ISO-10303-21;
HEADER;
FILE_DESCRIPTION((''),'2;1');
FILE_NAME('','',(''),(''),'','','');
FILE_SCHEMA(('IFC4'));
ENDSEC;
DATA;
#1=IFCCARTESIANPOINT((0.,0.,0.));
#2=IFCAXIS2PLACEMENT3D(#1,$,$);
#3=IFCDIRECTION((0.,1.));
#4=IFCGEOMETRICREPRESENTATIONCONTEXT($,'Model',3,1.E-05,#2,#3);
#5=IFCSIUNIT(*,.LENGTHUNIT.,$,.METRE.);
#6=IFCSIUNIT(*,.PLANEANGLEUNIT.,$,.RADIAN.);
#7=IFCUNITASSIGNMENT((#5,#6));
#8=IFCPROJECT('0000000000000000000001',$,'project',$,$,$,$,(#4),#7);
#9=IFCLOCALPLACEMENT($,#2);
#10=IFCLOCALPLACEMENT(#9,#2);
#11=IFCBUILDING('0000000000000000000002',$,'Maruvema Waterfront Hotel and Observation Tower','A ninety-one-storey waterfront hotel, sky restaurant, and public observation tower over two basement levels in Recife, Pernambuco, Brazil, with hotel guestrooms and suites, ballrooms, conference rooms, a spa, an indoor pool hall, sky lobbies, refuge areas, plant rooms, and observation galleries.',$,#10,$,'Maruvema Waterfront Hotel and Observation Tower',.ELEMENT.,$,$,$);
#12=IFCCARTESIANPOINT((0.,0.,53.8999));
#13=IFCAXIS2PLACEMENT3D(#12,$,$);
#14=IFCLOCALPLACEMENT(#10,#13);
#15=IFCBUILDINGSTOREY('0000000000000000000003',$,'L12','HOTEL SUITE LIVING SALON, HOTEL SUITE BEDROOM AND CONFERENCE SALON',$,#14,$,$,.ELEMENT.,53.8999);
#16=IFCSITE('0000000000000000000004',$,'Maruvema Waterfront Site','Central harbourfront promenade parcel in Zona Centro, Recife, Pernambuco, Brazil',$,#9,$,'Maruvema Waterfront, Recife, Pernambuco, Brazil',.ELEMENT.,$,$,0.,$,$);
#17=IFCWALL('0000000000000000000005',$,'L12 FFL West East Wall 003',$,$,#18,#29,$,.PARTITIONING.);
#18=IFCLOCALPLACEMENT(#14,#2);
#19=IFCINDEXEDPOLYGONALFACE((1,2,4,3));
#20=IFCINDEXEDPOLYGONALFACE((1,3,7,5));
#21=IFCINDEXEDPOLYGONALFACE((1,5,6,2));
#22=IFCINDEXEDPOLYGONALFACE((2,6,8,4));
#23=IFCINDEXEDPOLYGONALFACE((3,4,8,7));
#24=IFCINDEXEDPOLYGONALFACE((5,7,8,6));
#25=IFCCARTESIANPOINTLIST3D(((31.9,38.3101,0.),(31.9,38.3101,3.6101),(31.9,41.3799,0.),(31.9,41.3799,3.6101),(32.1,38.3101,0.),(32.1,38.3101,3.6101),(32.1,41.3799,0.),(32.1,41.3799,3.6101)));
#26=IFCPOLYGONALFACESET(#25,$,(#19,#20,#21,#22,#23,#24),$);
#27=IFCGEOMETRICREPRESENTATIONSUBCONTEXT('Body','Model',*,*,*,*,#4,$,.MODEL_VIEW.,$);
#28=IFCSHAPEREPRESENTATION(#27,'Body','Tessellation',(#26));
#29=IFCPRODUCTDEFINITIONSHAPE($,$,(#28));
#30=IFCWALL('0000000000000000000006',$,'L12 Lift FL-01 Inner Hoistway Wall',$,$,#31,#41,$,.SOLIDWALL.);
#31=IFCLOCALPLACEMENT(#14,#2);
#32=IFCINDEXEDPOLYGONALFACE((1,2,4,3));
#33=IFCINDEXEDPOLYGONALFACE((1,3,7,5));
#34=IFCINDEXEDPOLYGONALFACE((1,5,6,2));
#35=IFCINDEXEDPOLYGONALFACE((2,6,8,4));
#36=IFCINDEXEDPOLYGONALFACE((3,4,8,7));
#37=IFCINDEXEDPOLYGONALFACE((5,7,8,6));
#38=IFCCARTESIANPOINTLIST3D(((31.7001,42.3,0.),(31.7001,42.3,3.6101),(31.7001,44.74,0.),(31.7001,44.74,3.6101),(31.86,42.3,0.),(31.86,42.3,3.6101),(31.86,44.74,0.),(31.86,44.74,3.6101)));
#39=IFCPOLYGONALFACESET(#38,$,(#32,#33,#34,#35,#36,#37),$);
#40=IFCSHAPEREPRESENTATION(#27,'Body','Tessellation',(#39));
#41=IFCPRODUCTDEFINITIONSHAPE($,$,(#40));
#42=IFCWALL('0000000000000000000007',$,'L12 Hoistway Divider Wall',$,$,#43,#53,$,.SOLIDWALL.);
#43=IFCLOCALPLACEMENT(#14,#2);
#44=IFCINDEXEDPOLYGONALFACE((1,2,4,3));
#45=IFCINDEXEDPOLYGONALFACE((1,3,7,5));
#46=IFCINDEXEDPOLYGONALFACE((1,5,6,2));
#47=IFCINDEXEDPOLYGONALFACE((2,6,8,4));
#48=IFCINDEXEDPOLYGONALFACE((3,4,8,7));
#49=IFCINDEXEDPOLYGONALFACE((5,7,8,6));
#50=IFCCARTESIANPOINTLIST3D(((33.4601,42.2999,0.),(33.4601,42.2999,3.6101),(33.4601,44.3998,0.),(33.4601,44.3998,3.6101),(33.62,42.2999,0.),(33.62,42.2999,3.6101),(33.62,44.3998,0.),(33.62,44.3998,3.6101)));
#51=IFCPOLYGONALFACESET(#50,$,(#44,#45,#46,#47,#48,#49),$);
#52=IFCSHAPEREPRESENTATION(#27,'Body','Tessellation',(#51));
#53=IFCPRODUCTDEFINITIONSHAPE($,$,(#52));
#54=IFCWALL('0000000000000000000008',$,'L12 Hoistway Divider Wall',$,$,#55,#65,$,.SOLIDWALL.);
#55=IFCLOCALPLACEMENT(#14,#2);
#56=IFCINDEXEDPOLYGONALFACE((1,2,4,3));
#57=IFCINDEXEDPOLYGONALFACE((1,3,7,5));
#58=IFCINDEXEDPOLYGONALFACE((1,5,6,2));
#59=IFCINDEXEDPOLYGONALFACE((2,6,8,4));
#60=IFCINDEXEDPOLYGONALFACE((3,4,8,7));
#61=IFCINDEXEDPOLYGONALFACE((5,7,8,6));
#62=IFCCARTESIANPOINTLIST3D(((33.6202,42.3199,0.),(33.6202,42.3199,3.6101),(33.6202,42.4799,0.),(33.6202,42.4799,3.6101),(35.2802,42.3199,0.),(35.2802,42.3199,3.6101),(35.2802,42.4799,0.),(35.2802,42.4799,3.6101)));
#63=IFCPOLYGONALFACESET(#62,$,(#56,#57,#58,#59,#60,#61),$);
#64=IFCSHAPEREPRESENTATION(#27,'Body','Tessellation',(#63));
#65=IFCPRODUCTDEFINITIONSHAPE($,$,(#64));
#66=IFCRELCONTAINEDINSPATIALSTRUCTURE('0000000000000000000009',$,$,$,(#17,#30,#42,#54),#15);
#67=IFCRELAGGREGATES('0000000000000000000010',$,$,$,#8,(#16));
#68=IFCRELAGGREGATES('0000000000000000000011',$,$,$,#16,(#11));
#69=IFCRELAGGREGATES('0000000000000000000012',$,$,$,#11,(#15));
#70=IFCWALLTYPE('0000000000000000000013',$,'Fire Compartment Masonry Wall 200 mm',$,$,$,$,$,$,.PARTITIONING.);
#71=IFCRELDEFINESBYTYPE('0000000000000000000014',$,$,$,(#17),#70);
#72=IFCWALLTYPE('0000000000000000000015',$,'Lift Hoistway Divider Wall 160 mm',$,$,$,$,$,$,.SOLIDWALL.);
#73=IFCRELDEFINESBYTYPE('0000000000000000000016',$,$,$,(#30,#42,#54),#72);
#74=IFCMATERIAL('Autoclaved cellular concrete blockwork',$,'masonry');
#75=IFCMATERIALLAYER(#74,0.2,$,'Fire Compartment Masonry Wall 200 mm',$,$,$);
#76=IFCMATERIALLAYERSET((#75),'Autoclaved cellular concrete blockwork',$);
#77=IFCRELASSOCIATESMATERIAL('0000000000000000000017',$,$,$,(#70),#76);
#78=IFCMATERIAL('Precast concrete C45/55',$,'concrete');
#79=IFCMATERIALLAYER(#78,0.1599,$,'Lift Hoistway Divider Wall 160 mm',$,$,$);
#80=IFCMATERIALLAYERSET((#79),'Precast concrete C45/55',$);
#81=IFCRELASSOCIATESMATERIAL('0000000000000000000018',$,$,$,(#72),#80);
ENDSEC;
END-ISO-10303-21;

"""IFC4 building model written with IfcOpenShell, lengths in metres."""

from ifc_helpers import new_model, si_unit, direction, frame, frame_2d, origin, place, context, subcontext, project, spatial, rectangle, extrude, material, layer, layer_set, type_object, element, save


model = new_model("IFC4")

# Units and contexts
model_context = context("Model", 3, precision=1e-05, world=origin(), true_north=direction((0.0, 1.0)))
body_context = subcontext(model_context, "Body", "Model", "MODEL_VIEW")
ifc_project = project(units=[si_unit("LENGTHUNIT", "METRE"), si_unit("PLANEANGLEUNIT", "RADIAN")], contexts=[model_context])

# Site, building, storey
site_placement = place(None, origin())
site = spatial("IfcSite", under=ifc_project, at=site_placement, Name="Maruvema Waterfront Site", Description="Central harbourfront promenade parcel in Zona Centro, Recife, Pernambuco, Brazil", LongName="Maruvema Waterfront, Recife, Pernambuco, Brazil", CompositionType="ELEMENT", RefElevation=0.0)
building_placement = place(site_placement, origin())
building = spatial("IfcBuilding", under=site, at=building_placement, Name="Maruvema Waterfront Hotel and Observation Tower", Description="A ninety-one-storey waterfront hotel, sky restaurant, and public observation tower over two basement levels in Recife, Pernambuco, Brazil, with hotel guestrooms and suites, ballrooms, conference rooms, a spa, an indoor pool hall, sky lobbies, refuge areas, plant rooms, and observation galleries.", LongName="Maruvema Waterfront Hotel and Observation Tower", CompositionType="ELEMENT")
storey_placement = place(building_placement, frame((0.0, 0.0, 53.8999)))
storey = spatial("IfcBuildingStorey", under=building, at=storey_placement, Name="L12", Description="HOTEL SUITE LIVING SALON, HOTEL SUITE BEDROOM AND CONFERENCE SALON", CompositionType="ELEMENT", Elevation=53.8999)

# Shared definitions
ifc_material_1 = material(Name="Autoclaved cellular concrete blockwork", Category="masonry")
ifc_layer_1 = layer(ifc_material_1, 0.2, Name="Fire Compartment Masonry Wall 200 mm")
ifc_layer_set_1 = layer_set([ifc_layer_1], Name="Autoclaved cellular concrete blockwork")
wall_type_1 = type_object("IfcWallType", Name="Fire Compartment Masonry Wall 200 mm", PredefinedType="PARTITIONING", material=ifc_layer_set_1)

# Walls
for number, where, z_axis, x_axis, name in (
    (1, (32.0, 38.3101, 0.0), (0.0, 0.0, 1.0), (0.0, 1.0, 0.0), "L12 FFL West East Wall 003"),
):
    element("IfcWall", number, at=place(storey_placement, frame(where, z_axis=z_axis, x_axis=x_axis)), inside=storey, type_object=wall_type_1, Name=name, PredefinedType="PARTITIONING", context=body_context, shape_type="SweptSolid", body=[
        extrude(rectangle(XDim=3.0698, YDim=0.2, at=frame_2d((1.5349, 0.0))), origin(), (0.0, 0.0, 1.0), 3.6101),
    ])
ifc_material_2 = material(Name="Precast concrete C45/55", Category="concrete")
ifc_layer_2 = layer(ifc_material_2, 0.1599, Name="Lift Hoistway Divider Wall 160 mm")
ifc_layer_set_2 = layer_set([ifc_layer_2], Name="Precast concrete C45/55")
wall_type_2 = type_object("IfcWallType", Name="Lift Hoistway Divider Wall 160 mm", PredefinedType="SOLIDWALL", material=ifc_layer_set_2)
wall_1_placement = place(storey_placement, frame((31.78, 42.3, 0.0), z_axis=(0.0, 0.0, 1.0), x_axis=(0.0, 1.0, 0.0)))
element("IfcWall", 2, at=wall_1_placement, inside=storey, type_object=wall_type_2, Name="L12 Lift FL-01 Inner Hoistway Wall", PredefinedType="SOLIDWALL", context=body_context, shape_type="SweptSolid", body=[
    extrude(rectangle(XDim=2.4399, YDim=0.1599, at=frame_2d((1.22, 0.0))), origin(), (0.0, 0.0, 1.0), 3.6101),
])
wall_2_placement = place(storey_placement, frame((33.54, 42.3, 0.0), z_axis=(0.0, 0.0, 1.0), x_axis=(0.0, 1.0, 0.0)))
element("IfcWall", 3, at=wall_2_placement, inside=storey, type_object=wall_type_2, Name="L12 Hoistway Divider Wall", PredefinedType="SOLIDWALL", context=body_context, shape_type="SweptSolid", body=[
    extrude(rectangle(XDim=2.0999, YDim=0.1599, at=frame_2d((1.0498, 0.0))), origin(), (0.0, 0.0, 1.0), 3.6101),
])
wall_3_placement = place(storey_placement, frame((33.6201, 42.3999, 0.0), z_axis=(0.0, 0.0, 1.0), x_axis=(1.0, 0.0, 0.0)))
element("IfcWall", 4, at=wall_3_placement, inside=storey, type_object=wall_type_2, Name="L12 Hoistway Divider Wall", PredefinedType="SOLIDWALL", context=body_context, shape_type="SweptSolid", body=[
    extrude(rectangle(XDim=1.6599, YDim=0.1599, at=frame_2d((0.8301, 0.0))), origin(), (0.0, 0.0, 1.0), 3.6101),
])

save(model, "model.ifc")
